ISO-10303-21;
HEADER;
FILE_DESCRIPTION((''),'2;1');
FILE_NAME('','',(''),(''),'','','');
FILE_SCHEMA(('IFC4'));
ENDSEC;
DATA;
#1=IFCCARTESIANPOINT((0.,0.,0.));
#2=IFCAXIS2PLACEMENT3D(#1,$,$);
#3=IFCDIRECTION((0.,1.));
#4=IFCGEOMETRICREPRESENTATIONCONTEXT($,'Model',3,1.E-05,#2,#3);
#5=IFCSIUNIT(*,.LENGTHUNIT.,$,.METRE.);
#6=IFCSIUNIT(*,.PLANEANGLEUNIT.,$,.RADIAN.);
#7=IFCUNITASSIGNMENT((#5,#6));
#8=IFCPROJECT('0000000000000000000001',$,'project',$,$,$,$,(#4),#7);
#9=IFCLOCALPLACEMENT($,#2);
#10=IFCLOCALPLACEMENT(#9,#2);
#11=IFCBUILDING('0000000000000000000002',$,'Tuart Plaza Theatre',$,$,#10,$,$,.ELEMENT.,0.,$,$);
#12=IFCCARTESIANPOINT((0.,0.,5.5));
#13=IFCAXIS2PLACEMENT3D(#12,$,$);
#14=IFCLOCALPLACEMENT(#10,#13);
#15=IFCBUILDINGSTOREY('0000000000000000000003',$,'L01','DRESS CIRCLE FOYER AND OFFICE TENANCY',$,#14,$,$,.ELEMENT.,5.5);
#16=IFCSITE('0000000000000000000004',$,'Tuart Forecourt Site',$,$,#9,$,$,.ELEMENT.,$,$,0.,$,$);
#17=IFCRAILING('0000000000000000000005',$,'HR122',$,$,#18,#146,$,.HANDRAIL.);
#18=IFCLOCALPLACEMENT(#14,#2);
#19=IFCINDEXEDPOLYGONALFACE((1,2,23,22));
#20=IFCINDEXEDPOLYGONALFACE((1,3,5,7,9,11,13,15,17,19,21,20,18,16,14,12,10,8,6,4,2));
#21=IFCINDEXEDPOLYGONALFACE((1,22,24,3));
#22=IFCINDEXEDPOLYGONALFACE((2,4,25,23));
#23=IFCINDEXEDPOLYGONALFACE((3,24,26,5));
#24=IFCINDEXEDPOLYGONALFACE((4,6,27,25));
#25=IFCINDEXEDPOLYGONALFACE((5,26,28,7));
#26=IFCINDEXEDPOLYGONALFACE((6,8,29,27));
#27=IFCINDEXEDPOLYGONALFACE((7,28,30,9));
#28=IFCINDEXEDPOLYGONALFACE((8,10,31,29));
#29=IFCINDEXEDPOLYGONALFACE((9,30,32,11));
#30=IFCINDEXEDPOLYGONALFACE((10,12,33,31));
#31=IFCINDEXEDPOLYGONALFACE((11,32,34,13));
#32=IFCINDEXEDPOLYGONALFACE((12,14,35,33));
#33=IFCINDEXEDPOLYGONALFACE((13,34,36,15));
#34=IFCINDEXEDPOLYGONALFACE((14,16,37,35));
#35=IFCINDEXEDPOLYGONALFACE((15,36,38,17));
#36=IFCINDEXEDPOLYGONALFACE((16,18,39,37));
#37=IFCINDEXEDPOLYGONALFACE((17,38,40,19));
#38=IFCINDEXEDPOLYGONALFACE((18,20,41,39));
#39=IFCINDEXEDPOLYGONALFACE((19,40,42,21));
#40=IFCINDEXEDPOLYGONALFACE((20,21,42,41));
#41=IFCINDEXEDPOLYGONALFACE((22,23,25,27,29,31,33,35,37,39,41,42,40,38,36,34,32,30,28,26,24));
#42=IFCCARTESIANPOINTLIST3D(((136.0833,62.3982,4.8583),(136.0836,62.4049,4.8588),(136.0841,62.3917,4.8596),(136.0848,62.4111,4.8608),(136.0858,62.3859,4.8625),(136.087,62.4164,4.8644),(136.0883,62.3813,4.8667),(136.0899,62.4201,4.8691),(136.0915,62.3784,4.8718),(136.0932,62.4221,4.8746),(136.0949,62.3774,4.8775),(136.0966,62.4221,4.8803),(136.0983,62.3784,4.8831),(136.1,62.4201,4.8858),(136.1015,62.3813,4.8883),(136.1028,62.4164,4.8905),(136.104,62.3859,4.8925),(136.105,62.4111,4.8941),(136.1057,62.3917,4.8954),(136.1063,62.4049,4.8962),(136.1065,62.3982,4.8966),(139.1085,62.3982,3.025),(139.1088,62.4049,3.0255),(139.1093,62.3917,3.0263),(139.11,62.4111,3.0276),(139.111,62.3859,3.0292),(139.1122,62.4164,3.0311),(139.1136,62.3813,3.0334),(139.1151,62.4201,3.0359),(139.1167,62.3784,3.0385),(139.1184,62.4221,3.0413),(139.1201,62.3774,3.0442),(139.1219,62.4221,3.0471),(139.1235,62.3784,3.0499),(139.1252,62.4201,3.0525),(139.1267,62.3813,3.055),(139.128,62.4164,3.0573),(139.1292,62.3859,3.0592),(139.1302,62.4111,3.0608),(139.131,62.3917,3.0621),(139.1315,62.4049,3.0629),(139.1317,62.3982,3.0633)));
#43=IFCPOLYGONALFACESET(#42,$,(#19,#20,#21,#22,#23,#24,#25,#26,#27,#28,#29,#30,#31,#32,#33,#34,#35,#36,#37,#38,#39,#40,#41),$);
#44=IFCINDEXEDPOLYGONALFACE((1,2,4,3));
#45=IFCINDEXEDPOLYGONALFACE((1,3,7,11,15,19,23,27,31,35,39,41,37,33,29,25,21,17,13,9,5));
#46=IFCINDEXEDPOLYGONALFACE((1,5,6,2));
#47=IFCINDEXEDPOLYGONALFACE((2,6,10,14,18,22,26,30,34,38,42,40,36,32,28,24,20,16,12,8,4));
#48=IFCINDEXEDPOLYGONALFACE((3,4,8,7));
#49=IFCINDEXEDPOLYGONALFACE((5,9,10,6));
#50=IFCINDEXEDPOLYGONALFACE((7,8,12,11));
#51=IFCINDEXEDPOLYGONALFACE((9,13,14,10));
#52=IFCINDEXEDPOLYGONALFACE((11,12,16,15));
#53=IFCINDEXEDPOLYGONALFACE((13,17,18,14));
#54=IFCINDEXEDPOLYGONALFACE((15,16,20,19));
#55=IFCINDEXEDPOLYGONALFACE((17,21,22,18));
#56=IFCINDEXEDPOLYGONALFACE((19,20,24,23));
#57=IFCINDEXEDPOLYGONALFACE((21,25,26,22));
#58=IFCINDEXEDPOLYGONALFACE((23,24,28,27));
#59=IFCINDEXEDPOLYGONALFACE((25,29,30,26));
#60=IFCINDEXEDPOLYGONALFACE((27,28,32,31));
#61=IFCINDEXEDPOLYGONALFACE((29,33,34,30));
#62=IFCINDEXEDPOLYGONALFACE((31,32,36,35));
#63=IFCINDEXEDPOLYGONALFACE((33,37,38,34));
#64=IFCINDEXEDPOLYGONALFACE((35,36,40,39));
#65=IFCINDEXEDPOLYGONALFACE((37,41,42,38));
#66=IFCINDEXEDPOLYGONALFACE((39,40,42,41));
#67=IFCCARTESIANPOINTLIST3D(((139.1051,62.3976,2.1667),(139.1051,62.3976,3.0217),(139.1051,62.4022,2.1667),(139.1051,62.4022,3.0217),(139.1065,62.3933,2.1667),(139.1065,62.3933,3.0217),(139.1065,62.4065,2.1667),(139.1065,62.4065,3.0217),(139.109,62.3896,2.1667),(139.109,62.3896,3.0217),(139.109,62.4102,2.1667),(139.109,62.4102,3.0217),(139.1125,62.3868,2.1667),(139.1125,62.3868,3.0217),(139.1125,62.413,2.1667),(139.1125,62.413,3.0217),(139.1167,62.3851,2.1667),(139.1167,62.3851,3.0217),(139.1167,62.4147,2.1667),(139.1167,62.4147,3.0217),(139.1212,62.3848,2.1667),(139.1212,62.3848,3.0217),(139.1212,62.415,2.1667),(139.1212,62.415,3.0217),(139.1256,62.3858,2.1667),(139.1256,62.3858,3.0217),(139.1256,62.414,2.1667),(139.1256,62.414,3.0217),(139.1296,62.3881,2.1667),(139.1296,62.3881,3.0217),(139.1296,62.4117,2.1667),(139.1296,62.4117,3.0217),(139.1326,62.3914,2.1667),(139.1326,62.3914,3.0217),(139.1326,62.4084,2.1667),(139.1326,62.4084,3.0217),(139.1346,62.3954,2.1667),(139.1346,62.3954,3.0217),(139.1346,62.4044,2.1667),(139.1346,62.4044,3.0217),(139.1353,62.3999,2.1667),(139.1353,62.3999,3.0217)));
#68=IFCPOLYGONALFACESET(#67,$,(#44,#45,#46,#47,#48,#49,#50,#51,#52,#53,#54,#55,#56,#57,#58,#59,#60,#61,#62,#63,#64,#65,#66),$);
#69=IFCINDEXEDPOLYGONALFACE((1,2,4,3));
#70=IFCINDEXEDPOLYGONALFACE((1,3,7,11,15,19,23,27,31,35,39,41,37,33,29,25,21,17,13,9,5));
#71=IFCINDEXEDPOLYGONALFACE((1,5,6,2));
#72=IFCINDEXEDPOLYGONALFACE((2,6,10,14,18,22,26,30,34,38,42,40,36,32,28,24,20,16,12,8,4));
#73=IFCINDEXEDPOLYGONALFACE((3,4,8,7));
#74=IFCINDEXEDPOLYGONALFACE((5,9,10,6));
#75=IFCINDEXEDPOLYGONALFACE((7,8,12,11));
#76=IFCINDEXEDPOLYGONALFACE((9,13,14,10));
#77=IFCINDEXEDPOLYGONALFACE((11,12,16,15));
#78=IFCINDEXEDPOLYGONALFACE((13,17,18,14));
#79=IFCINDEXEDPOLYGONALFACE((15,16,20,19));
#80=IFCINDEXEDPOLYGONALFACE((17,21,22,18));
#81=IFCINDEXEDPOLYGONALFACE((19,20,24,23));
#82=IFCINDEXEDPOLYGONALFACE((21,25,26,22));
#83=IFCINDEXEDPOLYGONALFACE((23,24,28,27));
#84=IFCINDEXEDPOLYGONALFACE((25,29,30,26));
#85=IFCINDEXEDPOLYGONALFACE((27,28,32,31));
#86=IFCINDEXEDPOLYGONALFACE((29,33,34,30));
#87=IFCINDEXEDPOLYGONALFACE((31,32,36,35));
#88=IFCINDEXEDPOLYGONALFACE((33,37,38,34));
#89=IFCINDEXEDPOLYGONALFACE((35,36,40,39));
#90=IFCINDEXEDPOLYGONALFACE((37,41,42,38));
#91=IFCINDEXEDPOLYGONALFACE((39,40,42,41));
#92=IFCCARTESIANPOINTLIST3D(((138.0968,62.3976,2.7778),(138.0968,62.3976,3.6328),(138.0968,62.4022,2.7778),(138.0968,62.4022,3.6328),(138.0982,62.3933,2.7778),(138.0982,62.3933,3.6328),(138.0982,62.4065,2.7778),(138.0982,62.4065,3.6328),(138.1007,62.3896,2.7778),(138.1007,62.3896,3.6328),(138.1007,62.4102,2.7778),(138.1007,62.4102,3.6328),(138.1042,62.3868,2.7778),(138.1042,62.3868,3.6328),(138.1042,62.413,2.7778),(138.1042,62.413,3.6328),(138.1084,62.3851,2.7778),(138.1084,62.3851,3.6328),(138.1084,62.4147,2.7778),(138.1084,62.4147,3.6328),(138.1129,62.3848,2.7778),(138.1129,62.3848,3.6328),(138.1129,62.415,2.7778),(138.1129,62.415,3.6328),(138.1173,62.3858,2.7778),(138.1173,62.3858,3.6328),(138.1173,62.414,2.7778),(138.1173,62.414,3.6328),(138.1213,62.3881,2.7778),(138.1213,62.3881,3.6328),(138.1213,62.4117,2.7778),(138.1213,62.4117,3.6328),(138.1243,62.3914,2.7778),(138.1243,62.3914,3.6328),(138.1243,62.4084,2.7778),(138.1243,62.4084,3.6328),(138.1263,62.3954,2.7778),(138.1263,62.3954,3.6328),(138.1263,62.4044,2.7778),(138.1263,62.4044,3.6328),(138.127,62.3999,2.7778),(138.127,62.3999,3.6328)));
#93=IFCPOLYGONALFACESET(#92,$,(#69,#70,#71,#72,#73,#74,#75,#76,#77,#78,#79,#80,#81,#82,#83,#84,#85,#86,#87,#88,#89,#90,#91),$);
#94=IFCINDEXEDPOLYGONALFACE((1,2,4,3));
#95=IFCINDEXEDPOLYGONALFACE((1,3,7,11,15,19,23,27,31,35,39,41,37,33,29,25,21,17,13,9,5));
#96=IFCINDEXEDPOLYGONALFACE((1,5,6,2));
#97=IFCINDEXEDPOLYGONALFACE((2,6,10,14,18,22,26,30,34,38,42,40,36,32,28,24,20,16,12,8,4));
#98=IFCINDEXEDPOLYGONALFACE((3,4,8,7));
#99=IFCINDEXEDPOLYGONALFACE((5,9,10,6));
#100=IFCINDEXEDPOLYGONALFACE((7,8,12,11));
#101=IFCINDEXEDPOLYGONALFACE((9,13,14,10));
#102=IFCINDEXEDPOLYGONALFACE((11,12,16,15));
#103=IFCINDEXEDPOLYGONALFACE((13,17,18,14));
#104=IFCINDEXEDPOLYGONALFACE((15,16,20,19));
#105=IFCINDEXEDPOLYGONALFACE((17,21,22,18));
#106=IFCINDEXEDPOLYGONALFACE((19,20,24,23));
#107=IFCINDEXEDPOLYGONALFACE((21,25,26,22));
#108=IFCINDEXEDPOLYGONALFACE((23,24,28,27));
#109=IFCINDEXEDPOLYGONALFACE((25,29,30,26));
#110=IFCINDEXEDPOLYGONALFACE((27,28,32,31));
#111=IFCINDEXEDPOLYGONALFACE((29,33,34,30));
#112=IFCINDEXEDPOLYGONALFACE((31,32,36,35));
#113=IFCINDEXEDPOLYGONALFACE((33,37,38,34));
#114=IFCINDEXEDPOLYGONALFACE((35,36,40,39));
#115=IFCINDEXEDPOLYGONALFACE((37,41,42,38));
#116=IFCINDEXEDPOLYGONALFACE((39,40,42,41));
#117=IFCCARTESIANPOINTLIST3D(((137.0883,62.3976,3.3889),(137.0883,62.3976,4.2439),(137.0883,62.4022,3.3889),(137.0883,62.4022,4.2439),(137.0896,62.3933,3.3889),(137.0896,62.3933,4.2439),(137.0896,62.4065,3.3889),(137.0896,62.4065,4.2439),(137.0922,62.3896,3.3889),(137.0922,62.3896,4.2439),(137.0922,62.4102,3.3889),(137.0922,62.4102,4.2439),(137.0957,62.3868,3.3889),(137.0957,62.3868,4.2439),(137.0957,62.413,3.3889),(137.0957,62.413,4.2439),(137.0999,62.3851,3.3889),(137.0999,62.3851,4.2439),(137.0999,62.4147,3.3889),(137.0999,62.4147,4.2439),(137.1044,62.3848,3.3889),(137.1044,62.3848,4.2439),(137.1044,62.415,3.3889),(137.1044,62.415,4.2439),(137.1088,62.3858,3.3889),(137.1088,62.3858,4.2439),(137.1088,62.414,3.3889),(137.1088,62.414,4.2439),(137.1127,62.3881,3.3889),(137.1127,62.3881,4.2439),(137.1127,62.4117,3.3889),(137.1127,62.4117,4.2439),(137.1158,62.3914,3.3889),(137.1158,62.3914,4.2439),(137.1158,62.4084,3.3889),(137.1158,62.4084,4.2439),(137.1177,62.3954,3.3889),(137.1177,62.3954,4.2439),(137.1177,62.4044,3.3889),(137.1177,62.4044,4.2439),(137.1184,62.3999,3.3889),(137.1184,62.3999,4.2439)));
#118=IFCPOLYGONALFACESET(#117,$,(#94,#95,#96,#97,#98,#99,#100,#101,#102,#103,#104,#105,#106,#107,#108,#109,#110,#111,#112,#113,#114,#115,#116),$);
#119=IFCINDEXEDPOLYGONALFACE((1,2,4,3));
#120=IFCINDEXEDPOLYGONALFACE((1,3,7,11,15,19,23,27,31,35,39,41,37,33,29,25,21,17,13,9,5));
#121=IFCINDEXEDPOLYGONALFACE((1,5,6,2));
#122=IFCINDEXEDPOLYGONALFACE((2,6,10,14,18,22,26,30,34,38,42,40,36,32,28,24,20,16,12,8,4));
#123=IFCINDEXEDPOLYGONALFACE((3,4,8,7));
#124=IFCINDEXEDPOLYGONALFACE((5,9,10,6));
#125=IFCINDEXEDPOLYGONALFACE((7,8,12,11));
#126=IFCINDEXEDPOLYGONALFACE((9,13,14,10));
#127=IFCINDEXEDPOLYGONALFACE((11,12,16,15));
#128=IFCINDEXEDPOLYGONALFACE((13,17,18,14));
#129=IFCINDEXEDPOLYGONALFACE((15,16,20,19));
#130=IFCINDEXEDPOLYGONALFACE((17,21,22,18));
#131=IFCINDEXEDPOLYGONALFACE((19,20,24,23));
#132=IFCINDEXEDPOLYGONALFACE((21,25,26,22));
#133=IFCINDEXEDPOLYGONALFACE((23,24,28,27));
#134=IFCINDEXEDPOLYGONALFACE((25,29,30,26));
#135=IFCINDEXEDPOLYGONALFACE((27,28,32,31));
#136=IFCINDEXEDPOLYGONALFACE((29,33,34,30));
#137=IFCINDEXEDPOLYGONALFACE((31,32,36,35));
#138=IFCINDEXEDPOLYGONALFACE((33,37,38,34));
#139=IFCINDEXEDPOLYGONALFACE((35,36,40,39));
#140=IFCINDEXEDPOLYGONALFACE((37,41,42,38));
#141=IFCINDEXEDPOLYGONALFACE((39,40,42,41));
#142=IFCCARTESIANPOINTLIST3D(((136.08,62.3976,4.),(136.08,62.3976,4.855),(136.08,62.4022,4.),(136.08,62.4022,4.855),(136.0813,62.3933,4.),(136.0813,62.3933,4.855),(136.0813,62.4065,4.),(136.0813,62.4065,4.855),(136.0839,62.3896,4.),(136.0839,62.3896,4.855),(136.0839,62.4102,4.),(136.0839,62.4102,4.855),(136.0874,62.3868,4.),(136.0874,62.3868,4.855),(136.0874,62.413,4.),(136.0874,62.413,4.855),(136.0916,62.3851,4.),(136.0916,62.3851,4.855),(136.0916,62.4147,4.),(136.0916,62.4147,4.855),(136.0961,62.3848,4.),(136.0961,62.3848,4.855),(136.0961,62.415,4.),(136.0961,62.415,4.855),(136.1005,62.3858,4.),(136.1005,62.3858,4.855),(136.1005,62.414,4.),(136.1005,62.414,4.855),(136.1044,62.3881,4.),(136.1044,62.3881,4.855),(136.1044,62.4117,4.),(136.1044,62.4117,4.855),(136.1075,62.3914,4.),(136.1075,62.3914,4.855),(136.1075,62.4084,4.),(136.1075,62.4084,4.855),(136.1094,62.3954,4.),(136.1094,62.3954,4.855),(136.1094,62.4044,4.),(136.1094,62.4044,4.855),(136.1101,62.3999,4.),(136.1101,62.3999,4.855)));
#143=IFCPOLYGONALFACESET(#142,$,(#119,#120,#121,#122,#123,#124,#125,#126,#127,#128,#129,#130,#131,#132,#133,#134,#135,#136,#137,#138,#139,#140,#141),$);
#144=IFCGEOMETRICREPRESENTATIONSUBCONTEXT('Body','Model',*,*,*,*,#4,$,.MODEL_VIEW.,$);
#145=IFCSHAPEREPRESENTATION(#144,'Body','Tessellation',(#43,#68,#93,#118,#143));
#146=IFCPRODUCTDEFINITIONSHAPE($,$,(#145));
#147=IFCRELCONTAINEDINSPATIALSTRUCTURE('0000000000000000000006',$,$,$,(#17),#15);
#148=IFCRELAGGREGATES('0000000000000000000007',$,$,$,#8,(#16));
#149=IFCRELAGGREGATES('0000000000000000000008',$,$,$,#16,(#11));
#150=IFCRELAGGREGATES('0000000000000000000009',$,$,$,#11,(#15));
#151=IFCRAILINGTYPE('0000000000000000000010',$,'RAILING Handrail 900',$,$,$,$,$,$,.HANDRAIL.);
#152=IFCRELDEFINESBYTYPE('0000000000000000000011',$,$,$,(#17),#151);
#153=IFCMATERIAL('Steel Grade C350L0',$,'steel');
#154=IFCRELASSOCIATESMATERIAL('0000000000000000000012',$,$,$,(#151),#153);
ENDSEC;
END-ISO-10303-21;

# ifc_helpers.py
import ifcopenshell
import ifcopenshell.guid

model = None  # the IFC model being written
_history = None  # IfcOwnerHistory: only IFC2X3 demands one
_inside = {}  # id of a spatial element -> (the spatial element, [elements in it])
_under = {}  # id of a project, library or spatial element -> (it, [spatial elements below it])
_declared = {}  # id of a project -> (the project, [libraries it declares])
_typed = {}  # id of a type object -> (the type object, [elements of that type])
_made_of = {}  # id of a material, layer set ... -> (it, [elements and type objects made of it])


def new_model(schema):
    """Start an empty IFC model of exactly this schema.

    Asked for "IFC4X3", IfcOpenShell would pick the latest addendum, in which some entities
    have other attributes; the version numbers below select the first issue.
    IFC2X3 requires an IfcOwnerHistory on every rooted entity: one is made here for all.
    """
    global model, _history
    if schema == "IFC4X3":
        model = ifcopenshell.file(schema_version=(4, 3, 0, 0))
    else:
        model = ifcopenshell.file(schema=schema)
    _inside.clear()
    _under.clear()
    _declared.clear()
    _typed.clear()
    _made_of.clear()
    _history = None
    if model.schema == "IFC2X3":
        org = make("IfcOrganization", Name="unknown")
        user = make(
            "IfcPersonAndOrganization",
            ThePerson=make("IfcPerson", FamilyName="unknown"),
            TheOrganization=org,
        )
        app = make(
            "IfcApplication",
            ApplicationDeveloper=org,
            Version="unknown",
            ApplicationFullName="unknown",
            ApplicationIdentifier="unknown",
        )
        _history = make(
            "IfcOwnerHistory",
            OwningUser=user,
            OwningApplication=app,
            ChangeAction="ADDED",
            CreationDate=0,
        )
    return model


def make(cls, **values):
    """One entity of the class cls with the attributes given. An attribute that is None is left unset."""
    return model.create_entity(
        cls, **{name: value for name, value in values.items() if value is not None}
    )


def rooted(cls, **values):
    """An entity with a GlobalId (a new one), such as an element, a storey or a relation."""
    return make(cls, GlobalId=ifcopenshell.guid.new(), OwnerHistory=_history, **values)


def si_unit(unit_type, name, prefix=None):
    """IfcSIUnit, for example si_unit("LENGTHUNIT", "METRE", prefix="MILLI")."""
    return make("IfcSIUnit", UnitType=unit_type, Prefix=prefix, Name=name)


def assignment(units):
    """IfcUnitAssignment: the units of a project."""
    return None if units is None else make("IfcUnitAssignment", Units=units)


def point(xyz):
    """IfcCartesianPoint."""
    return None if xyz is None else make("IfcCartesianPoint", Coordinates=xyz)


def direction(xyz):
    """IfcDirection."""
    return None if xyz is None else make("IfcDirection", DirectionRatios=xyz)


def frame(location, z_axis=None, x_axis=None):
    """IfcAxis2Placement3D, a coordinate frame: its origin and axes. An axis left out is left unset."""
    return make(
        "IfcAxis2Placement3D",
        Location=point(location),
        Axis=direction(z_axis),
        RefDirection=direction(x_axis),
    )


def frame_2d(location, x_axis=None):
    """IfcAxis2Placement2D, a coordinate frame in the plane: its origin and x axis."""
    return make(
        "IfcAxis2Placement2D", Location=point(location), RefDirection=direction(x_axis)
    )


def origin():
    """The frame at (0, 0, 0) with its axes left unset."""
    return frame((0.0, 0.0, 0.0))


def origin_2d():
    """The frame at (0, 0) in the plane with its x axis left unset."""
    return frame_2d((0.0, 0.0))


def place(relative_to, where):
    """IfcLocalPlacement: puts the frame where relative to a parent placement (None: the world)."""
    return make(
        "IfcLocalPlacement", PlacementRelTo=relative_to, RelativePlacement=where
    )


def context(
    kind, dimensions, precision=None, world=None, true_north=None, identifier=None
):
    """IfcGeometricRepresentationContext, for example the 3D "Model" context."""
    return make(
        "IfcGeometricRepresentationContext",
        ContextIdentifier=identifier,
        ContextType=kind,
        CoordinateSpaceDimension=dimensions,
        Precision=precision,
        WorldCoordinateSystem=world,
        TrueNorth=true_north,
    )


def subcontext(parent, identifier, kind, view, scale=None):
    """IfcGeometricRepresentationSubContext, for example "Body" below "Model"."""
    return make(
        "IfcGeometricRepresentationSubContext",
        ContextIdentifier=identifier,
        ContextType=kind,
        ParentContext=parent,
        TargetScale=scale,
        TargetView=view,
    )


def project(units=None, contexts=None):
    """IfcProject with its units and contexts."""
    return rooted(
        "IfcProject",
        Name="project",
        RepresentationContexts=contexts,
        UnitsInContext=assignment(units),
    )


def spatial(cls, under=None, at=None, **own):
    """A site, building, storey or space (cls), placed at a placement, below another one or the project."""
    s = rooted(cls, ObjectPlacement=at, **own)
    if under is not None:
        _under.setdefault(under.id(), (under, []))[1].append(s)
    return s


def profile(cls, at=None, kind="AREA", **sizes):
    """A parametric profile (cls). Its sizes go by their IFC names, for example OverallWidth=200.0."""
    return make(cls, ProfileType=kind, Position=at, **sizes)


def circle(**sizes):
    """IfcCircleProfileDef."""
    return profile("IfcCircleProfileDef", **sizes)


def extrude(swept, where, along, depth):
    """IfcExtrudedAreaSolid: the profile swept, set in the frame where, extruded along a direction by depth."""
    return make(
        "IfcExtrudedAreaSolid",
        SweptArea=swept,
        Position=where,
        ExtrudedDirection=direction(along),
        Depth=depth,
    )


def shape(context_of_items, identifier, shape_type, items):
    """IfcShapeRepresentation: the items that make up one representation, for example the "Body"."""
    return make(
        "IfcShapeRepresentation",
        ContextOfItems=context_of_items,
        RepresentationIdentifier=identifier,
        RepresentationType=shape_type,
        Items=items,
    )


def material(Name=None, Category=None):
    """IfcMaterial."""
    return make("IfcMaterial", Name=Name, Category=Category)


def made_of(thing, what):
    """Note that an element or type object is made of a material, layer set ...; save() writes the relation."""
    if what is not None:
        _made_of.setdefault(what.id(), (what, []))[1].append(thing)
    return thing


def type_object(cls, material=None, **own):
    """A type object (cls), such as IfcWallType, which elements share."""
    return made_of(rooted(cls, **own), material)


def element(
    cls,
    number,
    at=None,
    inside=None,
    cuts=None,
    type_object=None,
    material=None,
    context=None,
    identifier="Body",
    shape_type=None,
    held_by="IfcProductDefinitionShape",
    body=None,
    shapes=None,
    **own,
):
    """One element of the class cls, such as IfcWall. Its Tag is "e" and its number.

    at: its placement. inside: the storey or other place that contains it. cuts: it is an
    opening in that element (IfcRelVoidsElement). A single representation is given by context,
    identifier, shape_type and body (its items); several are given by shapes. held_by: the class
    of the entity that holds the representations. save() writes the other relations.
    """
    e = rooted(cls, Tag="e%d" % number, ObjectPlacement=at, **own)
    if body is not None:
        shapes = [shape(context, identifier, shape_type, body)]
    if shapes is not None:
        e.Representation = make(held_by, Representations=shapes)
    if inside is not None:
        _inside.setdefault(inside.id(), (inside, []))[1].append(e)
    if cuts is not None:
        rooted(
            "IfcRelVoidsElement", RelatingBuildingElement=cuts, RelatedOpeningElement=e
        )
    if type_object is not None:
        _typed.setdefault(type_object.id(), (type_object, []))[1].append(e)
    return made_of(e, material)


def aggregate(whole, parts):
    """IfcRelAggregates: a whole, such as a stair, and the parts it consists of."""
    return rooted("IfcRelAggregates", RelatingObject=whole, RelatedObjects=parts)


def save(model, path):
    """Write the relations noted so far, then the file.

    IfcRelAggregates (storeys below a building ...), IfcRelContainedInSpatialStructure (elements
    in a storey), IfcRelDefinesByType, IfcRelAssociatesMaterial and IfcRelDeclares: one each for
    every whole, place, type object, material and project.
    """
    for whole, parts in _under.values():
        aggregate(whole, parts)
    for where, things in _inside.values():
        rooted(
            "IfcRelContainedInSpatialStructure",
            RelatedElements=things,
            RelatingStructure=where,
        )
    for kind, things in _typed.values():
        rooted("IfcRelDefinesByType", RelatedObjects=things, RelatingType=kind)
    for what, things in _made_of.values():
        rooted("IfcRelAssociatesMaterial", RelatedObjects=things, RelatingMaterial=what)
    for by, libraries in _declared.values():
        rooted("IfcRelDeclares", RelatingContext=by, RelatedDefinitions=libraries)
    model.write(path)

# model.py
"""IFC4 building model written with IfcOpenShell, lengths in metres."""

from ifc_helpers import new_model, si_unit, direction, frame, origin, origin_2d, place, context, subcontext, project, spatial, circle, extrude, material, type_object, element, save


model = new_model("IFC4")

# Units and contexts
model_context = context("Model", 3, precision=1e-05, world=origin(), true_north=direction((0.0, 1.0)))
body_context = subcontext(model_context, "Body", "Model", "MODEL_VIEW")
ifc_project = project(units=[si_unit("LENGTHUNIT", "METRE"), si_unit("PLANEANGLEUNIT", "RADIAN")], contexts=[model_context])

# Site, building, storey
site_placement = place(None, origin())
site = spatial("IfcSite", under=ifc_project, at=site_placement, Name="Tuart Forecourt Site", CompositionType="ELEMENT", RefElevation=0.0)
building_placement = place(site_placement, origin())
building = spatial("IfcBuilding", under=site, at=building_placement, Name="Tuart Plaza Theatre", CompositionType="ELEMENT", ElevationOfRefHeight=0.0)
storey_placement = place(building_placement, frame((0.0, 0.0, 5.5)))
storey = spatial("IfcBuildingStorey", under=building, at=storey_placement, Name="L01", Description="DRESS CIRCLE FOYER AND OFFICE TENANCY", CompositionType="ELEMENT", Elevation=5.5)

# Railing
ifc_material_1 = material(Name="Steel Grade C350L0", Category="steel")
railing_type_1 = type_object("IfcRailingType", Name="RAILING Handrail 900", PredefinedType="HANDRAIL", material=ifc_material_1)
for number, where, name in (
    (1, (139.1201, 62.3999, 2.1667), "HR122"),
):
    element("IfcRailing", number, at=place(storey_placement, frame(where)), inside=storey, type_object=railing_type_1, Name=name, PredefinedType="HANDRAIL", context=body_context, shape_type="SweptSolid", body=[
        extrude(circle(Radius=0.0225, at=origin_2d()), frame((0.0, 0.0, 0.8774), z_axis=(-0.855219, 0.0, 0.518267), x_axis=(0.0, -1.0, 0.0)), (0.0, 0.0, 1.0), 3.5374),
        extrude(circle(Radius=0.0151, at=origin_2d()), origin(), (0.0, 0.0, 1.0), 0.855),
        extrude(circle(Radius=0.0151, at=origin_2d()), frame((-1.0083, 0.0, 0.6111)), (0.0, 0.0, 1.0), 0.855),
        extrude(circle(Radius=0.0151, at=origin_2d()), frame((-2.0168, 0.0, 1.2222)), (0.0, 0.0, 1.0), 0.855),
        extrude(circle(Radius=0.0151, at=origin_2d()), frame((-3.0251, 0.0, 1.8333)), (0.0, 0.0, 1.0), 0.855),
    ])

save(model, "model.ifc")
